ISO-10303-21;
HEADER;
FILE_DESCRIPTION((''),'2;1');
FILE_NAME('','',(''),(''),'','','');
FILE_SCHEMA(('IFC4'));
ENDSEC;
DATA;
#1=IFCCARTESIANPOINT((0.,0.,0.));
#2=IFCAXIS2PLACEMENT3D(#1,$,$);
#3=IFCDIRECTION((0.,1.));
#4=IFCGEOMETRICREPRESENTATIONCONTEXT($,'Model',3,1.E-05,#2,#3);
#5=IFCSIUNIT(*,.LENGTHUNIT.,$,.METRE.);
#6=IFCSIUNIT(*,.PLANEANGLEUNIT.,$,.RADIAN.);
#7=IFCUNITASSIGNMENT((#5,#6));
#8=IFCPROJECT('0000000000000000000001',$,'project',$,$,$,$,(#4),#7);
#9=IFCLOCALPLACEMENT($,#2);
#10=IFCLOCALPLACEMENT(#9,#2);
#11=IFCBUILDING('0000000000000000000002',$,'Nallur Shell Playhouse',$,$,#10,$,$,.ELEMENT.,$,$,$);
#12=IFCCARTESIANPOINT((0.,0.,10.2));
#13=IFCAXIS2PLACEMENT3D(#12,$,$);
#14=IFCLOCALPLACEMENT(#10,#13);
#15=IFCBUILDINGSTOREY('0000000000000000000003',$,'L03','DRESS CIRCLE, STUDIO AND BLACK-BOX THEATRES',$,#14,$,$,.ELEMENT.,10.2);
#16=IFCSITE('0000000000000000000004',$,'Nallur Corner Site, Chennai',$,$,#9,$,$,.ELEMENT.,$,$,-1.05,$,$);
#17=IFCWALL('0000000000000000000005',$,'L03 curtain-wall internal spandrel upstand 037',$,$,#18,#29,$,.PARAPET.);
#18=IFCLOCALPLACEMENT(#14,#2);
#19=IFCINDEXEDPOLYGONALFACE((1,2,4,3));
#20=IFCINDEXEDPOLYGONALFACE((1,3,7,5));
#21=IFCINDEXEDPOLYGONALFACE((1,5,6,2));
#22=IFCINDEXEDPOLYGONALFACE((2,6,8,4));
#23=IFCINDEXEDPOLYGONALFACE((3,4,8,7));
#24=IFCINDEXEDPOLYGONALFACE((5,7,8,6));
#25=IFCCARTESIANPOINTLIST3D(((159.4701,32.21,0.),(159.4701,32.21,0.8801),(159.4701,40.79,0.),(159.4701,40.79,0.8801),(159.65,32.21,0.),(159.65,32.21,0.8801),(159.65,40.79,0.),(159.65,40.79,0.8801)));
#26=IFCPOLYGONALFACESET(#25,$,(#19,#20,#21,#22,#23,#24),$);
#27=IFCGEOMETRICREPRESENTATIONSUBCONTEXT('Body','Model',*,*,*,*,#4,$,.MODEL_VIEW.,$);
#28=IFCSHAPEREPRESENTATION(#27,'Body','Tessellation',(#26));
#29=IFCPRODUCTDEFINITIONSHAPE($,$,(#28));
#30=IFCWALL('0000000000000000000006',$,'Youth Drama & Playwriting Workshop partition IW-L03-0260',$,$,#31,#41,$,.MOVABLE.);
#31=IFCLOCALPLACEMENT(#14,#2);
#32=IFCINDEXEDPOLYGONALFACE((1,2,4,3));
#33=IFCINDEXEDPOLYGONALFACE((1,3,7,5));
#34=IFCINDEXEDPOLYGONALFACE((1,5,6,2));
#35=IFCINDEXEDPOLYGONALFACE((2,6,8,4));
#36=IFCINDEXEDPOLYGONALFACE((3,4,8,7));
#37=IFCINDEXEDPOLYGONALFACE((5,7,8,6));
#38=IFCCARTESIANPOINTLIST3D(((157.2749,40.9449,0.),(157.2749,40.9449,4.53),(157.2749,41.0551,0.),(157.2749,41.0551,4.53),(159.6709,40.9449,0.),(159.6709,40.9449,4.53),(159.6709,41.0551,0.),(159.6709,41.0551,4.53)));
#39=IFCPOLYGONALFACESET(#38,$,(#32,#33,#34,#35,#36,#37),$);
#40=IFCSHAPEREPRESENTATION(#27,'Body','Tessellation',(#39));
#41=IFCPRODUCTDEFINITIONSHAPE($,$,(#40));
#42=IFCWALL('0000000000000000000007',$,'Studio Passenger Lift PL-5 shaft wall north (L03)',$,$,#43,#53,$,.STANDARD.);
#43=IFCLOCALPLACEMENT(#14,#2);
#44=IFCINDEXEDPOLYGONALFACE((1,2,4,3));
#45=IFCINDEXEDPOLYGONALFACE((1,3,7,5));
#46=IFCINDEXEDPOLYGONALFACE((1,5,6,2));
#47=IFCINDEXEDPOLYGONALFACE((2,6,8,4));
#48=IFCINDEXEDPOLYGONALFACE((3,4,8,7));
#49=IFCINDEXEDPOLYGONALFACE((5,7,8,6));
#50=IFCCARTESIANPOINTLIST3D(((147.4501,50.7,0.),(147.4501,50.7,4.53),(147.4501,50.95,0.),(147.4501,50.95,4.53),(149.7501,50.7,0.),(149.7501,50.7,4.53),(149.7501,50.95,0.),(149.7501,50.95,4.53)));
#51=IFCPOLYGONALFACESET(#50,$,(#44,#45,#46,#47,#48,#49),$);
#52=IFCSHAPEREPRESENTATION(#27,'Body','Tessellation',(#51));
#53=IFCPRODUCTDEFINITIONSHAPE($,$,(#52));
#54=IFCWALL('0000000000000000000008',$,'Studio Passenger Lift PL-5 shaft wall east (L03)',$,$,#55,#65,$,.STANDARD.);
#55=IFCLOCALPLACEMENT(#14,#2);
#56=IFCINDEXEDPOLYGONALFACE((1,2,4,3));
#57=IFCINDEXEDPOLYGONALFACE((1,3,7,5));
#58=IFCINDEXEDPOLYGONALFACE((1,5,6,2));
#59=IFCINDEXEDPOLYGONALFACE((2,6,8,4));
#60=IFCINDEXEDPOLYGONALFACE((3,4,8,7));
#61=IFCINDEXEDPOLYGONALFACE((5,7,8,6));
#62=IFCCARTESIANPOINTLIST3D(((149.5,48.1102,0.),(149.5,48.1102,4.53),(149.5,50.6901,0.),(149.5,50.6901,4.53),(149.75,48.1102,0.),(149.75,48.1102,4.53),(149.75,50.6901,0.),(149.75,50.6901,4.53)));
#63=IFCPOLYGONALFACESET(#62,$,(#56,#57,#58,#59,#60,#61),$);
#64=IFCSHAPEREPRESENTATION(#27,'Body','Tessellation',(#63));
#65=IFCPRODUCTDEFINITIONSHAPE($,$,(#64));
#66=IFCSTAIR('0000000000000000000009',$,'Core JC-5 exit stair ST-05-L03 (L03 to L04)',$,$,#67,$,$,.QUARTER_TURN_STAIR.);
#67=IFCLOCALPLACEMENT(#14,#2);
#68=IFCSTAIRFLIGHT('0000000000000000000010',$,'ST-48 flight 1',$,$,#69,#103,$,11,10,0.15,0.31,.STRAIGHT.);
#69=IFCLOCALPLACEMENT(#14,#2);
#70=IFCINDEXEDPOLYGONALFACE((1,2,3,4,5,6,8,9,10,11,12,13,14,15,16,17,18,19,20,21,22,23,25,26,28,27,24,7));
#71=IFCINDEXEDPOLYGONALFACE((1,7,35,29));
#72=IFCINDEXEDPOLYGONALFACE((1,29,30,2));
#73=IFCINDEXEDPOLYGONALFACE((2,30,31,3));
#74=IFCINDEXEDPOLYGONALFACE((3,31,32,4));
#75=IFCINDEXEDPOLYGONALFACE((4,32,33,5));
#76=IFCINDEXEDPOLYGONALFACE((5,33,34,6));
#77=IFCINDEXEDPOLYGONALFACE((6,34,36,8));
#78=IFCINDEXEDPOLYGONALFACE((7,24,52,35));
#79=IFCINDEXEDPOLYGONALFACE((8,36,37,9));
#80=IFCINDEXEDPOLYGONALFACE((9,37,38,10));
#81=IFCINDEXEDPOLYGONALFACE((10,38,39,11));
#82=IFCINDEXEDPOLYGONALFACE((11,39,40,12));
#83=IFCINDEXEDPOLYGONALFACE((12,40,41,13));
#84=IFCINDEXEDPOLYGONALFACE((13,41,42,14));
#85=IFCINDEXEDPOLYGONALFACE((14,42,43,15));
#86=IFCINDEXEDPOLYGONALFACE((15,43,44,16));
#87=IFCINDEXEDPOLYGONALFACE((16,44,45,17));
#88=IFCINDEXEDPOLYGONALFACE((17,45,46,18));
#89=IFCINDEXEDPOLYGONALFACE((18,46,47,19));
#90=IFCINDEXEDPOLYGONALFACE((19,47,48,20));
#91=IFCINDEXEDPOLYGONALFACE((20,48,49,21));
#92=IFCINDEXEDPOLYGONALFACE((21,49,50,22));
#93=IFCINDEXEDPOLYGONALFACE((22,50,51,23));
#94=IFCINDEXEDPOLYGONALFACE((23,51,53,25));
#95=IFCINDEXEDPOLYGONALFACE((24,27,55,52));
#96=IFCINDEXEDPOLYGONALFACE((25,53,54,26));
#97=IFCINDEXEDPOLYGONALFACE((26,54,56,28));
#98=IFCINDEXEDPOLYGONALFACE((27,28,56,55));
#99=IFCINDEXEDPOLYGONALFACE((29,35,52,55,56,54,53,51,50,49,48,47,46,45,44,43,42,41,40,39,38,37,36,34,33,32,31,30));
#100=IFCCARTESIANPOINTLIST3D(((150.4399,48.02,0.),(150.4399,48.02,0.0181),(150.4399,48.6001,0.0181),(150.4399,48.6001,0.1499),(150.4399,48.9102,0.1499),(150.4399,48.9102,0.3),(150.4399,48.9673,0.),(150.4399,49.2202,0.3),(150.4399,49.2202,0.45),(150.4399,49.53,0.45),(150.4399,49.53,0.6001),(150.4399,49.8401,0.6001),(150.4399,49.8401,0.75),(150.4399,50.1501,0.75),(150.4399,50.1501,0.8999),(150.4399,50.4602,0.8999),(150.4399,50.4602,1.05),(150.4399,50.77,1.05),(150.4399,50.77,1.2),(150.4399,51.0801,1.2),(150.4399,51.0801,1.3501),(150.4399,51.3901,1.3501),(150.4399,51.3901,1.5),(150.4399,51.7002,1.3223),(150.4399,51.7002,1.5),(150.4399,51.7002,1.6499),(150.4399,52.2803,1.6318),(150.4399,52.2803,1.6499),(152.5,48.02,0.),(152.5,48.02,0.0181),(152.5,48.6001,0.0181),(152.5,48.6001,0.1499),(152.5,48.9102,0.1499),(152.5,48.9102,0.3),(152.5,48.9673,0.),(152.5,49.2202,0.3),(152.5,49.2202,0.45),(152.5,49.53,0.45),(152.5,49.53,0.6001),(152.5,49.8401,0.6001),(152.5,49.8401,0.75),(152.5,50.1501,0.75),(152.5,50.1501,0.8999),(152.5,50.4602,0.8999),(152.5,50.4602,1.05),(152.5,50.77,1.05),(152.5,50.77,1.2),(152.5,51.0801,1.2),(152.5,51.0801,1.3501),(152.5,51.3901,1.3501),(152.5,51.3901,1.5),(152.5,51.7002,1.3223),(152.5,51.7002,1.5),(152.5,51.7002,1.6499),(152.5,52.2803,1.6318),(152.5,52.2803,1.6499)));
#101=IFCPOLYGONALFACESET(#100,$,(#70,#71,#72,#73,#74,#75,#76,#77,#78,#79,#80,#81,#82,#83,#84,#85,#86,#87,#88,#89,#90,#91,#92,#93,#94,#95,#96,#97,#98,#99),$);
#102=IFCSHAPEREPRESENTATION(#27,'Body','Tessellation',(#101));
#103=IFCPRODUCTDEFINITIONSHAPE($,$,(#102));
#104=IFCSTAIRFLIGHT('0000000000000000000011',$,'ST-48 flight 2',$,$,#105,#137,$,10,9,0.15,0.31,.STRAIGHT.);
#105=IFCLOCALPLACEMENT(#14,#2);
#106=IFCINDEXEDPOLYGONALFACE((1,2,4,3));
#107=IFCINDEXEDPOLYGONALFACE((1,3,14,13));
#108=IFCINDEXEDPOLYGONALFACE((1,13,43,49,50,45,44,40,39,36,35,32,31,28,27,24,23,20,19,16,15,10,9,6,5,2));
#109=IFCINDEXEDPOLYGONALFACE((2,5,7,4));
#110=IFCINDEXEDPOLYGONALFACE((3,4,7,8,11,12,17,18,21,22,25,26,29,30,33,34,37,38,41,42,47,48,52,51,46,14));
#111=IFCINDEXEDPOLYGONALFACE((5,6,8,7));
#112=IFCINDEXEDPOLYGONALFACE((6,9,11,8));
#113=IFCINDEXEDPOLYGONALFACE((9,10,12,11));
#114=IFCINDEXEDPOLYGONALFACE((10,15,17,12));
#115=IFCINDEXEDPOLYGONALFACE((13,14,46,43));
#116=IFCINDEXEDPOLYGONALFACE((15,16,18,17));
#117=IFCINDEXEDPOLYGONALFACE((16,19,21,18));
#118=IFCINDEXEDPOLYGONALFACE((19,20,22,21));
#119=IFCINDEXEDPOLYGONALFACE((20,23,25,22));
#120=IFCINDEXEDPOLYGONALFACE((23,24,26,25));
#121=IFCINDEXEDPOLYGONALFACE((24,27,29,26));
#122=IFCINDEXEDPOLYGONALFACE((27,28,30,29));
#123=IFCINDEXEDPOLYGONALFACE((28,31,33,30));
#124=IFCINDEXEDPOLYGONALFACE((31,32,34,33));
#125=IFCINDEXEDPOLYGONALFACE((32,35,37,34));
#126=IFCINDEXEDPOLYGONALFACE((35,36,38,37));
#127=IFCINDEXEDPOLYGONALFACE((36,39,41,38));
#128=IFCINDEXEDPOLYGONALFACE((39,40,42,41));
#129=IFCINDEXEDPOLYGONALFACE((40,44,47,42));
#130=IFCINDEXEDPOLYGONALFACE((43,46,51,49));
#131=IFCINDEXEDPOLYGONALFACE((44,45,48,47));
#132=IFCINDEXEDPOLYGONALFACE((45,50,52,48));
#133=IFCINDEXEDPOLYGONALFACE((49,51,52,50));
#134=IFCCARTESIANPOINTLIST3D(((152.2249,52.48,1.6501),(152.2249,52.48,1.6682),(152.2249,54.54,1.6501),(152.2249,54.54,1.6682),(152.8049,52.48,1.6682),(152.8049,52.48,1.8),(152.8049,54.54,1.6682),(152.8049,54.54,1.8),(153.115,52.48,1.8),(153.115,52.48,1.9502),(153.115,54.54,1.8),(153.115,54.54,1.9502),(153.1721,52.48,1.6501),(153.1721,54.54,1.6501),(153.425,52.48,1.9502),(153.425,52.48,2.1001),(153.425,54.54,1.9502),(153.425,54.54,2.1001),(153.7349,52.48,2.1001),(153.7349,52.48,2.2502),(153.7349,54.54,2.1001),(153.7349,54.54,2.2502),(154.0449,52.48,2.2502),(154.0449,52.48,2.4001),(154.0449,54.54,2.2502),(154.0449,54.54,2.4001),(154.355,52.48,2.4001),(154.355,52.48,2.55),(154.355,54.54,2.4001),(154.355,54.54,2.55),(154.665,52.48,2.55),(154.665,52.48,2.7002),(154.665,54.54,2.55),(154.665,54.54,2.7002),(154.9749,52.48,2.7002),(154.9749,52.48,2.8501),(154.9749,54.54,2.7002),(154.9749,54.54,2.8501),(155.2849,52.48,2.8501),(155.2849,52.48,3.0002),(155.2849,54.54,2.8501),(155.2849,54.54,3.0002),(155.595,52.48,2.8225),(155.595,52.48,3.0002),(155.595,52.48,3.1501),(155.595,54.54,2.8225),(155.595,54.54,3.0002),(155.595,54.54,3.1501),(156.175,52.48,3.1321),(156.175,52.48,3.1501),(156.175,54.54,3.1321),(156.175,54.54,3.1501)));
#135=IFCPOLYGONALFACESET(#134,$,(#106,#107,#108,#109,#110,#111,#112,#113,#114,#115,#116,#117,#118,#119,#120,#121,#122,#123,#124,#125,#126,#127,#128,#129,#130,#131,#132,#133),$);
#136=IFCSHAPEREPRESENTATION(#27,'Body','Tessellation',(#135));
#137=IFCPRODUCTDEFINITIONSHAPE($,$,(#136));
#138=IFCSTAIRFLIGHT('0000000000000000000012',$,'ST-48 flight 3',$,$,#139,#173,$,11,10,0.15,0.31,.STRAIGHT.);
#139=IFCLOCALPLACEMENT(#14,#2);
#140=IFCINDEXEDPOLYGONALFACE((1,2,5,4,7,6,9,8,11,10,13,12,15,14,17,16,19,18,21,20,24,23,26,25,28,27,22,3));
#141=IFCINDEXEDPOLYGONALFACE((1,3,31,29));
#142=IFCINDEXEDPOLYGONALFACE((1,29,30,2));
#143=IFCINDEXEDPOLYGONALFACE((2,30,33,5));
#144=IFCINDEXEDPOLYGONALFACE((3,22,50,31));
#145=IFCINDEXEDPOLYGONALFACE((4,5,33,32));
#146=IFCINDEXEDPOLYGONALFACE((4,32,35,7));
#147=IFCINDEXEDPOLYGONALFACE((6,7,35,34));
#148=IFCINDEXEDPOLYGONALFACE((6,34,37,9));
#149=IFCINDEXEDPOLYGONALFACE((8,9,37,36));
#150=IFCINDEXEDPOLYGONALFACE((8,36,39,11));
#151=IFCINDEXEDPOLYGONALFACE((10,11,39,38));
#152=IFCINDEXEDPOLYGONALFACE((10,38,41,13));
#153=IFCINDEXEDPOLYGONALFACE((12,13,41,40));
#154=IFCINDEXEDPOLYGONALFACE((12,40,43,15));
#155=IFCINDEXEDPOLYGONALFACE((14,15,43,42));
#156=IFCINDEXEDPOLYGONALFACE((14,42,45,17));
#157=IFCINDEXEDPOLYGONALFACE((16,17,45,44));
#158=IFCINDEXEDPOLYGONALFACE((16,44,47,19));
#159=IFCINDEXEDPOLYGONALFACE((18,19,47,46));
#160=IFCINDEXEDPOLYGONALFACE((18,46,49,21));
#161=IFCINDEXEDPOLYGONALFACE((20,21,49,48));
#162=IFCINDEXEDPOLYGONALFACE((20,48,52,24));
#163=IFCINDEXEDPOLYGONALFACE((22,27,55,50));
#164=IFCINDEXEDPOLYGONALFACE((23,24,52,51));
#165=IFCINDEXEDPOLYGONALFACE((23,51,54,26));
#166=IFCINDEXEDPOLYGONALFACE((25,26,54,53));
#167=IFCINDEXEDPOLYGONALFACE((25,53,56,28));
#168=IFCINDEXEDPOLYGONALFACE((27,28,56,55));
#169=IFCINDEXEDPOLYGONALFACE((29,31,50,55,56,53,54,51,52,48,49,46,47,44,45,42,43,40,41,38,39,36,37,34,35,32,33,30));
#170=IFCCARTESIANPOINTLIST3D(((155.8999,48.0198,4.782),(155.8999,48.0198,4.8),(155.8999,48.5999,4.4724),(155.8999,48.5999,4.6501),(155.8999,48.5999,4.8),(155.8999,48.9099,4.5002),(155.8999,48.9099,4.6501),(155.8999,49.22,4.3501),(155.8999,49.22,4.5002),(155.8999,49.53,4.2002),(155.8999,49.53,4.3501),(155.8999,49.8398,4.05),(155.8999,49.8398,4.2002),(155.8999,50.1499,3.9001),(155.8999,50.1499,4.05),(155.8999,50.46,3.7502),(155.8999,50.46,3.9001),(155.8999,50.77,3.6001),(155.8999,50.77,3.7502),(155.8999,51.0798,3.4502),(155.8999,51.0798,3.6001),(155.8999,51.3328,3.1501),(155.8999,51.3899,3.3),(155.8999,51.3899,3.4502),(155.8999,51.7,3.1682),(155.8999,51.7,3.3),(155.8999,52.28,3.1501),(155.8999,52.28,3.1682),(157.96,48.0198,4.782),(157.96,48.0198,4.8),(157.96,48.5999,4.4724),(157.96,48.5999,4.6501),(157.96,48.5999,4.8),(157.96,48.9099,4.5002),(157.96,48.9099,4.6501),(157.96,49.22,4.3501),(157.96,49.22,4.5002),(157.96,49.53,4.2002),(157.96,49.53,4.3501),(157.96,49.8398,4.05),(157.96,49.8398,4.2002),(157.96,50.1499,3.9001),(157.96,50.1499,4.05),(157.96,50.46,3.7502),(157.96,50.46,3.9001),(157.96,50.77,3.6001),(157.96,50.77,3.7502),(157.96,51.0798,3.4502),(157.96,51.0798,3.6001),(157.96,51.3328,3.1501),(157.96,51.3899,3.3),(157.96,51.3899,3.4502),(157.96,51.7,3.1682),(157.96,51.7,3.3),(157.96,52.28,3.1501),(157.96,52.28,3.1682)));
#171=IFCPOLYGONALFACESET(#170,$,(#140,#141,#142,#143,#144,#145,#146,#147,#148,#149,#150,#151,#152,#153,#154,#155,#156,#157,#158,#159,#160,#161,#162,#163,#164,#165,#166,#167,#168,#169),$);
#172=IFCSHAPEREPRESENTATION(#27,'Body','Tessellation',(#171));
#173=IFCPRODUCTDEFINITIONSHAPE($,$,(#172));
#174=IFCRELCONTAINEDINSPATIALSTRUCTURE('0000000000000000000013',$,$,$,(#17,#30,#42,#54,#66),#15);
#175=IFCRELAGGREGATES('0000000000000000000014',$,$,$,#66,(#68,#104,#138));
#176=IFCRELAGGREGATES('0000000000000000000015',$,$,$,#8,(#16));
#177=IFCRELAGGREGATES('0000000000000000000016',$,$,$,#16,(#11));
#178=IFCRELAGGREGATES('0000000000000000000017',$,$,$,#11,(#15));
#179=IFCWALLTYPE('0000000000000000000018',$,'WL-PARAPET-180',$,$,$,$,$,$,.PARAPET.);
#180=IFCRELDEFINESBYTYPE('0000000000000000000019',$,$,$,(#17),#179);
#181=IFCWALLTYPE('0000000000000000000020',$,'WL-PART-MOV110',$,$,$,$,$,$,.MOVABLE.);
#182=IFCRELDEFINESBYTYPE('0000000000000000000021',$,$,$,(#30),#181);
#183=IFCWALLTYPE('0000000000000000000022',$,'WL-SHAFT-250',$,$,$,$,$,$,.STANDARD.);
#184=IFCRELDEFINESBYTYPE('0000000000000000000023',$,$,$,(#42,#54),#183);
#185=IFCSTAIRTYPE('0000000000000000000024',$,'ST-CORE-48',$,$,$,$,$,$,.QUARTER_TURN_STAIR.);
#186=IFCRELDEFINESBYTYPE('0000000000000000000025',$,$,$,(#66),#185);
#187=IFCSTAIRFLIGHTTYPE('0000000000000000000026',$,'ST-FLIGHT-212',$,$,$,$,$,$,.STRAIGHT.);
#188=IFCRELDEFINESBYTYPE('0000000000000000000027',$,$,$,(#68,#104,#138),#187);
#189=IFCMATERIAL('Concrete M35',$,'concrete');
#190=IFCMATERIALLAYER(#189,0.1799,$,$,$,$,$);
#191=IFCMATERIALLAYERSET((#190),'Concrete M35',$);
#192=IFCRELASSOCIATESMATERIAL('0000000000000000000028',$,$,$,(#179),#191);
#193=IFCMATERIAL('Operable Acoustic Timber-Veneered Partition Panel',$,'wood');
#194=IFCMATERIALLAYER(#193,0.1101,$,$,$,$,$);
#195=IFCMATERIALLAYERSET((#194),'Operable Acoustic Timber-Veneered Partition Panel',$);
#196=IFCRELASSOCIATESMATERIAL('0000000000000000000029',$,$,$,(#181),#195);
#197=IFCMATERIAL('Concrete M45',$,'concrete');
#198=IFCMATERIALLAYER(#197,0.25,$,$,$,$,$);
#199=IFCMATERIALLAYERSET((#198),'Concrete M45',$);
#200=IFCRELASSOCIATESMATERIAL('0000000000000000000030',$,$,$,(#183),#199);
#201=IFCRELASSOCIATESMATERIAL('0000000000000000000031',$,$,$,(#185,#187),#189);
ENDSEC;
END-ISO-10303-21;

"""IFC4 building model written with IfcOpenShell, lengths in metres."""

from ifc_helpers import new_model, si_unit, direction, frame, frame_2d, origin, place, context, subcontext, project, spatial, polyline, rectangle, outline, extrude, material, layer, layer_set, type_object, element, aggregate, save


model = new_model("IFC4")

# Units and contexts
model_context = context("Model", 3, precision=1e-05, world=origin(), true_north=direction((0.0, 1.0)))
body_context = subcontext(model_context, "Body", "Model", "MODEL_VIEW")
ifc_project = project(units=[si_unit("LENGTHUNIT", "METRE"), si_unit("PLANEANGLEUNIT", "RADIAN")], contexts=[model_context])

# Site, building, storey
site_placement = place(None, origin())
site = spatial("IfcSite", under=ifc_project, at=site_placement, Name="Nallur Corner Site, Chennai", CompositionType="ELEMENT", RefElevation=-1.05)
building_placement = place(site_placement, origin())
building = spatial("IfcBuilding", under=site, at=building_placement, Name="Nallur Shell Playhouse", CompositionType="ELEMENT")
storey_placement = place(building_placement, frame((0.0, 0.0, 10.2)))
storey = spatial("IfcBuildingStorey", under=building, at=storey_placement, Name="L03", Description="DRESS CIRCLE, STUDIO AND BLACK-BOX THEATRES", CompositionType="ELEMENT", Elevation=10.2)

# Shared definitions
ifc_material_1 = material(Name="Concrete M35", Category="concrete")

# Shared definitions
ifc_material_2 = material(Name="Concrete M45", Category="concrete")

# Walls
ifc_layer_1 = layer(ifc_material_1, 0.1799)
ifc_layer_set_1 = layer_set([ifc_layer_1], Name="Concrete M35")
wall_type_1 = type_object("IfcWallType", Name="WL-PARAPET-180", PredefinedType="PARAPET", material=ifc_layer_set_1)
for number, where, z_axis, x_axis, name in (
    (1, (159.5601, 40.79, 0.0), (0.0, 0.0, 1.0), (0.0, -1.0, 0.0), "L03 curtain-wall internal spandrel upstand 037"),
):
    element("IfcWall", number, at=place(storey_placement, frame(where, z_axis=z_axis, x_axis=x_axis)), inside=storey, type_object=wall_type_1, Name=name, PredefinedType="PARAPET", context=body_context, shape_type="SweptSolid", body=[
        extrude(rectangle(XDim=8.5801, YDim=0.1799, at=frame_2d((4.29, 0.0))), origin(), (0.0, 0.0, 1.0), 0.8801),
    ])
ifc_material_3 = material(Name="Operable Acoustic Timber-Veneered Partition Panel", Category="wood")
ifc_layer_2 = layer(ifc_material_3, 0.1101)
ifc_layer_set_2 = layer_set([ifc_layer_2], Name="Operable Acoustic Timber-Veneered Partition Panel")
wall_type_2 = type_object("IfcWallType", Name="WL-PART-MOV110", PredefinedType="MOVABLE", material=ifc_layer_set_2)
wall_1_placement = place(storey_placement, frame((157.2749, 41.0, 0.0), z_axis=(0.0, 0.0, 1.0), x_axis=(1.0, 0.0, 0.0)))
element("IfcWall", 2, at=wall_1_placement, inside=storey, type_object=wall_type_2, Name="Youth Drama & Playwriting Workshop partition IW-L03-0260", PredefinedType="MOVABLE", context=body_context, shape_type="SweptSolid", body=[
    extrude(rectangle(XDim=2.396, YDim=0.1101, at=frame_2d((1.198, 0.0))), origin(), (0.0, 0.0, 1.0), 4.53),
])
ifc_layer_3 = layer(ifc_material_2, 0.25)
ifc_layer_set_3 = layer_set([ifc_layer_3], Name="Concrete M45")
wall_type_3 = type_object("IfcWallType", Name="WL-SHAFT-250", PredefinedType="STANDARD", material=ifc_layer_set_3)
wall_2_placement = place(storey_placement, frame((149.75, 50.825, 0.0), z_axis=(0.0, 0.0, 1.0), x_axis=(-1.0, 0.0, 0.0)))
element("IfcWall", 3, at=wall_2_placement, inside=storey, type_object=wall_type_3, Name="Studio Passenger Lift PL-5 shaft wall north (L03)", PredefinedType="STANDARD", context=body_context, shape_type="SweptSolid", body=[
    extrude(rectangle(XDim=2.3, YDim=0.25, at=frame_2d((1.1499, 0.0))), origin(), (0.0, 0.0, 1.0), 4.53),
])
wall_3_placement = place(storey_placement, frame((149.625, 48.1101, 0.0), z_axis=(0.0, 0.0, 1.0), x_axis=(0.0, 1.0, 0.0)))
element("IfcWall", 4, at=wall_3_placement, inside=storey, type_object=wall_type_3, Name="Studio Passenger Lift PL-5 shaft wall east (L03)", PredefinedType="STANDARD", context=body_context, shape_type="SweptSolid", body=[
    extrude(rectangle(XDim=2.5798, YDim=0.25, at=frame_2d((1.29, 0.0))), origin(), (0.0, 0.0, 1.0), 4.53),
])

# Stair, stair flights
stair_type = type_object("IfcStairType", Name="ST-CORE-48", PredefinedType="QUARTER_TURN_STAIR", material=ifc_material_1)
stair_1_placement = place(storey_placement, origin())
stair_1 = element("IfcStair", 5, at=stair_1_placement, inside=storey, type_object=stair_type, Name="Core JC-5 exit stair ST-05-L03 (L03 to L04)", PredefinedType="QUARTER_TURN_STAIR")
stair_flight_type = type_object("IfcStairFlightType", Name="ST-FLIGHT-212", PredefinedType="STRAIGHT", material=ifc_material_1)
stair_flight_1_placement = place(storey_placement, frame((151.47, 48.6001, 0.0), z_axis=(0.0, 0.0, 1.0), x_axis=(0.0, 1.0, 0.0)))
stair_flight_1 = element("IfcStairFlight", 6, at=stair_flight_1_placement, type_object=stair_flight_type, Name="ST-48 flight 1", NumberOfRisers=11, NumberOfTreads=10, PredefinedType="STRAIGHT", RiserHeight=0.15, TreadLength=0.31, context=body_context, shape_type="SweptSolid", body=[
    extrude(outline(polyline([(-0.5801, 0.0), (-0.5801, 0.0181), (0.0, 0.0181), (0.0, 0.1499), (0.3101, 0.1499), (0.3101, 0.3), (0.6201, 0.3), (0.6201, 0.45), (0.9299, 0.45), (0.9299, 0.6001), (1.24, 0.6001), (1.24, 0.75), (1.55, 0.75), (1.55, 0.8999), (1.8601, 0.8999), (1.8601, 1.05), (2.1699, 1.05), (2.1699, 1.2), (2.48, 1.2), (2.48, 1.3501), (2.79, 1.3501), (2.79, 1.5), (3.1001, 1.5), (3.1001, 1.6499), (3.6802, 1.6499), (3.6802, 1.6318), (3.1001, 1.3223), (0.3672, 0.0), (-0.5801, 0.0)])), frame((0.0, 1.03, 0.0), z_axis=(0.0, -1.0, 0.0), x_axis=(1.0, 0.0, 0.0)), (0.0, 0.0, 1.0), 2.0601),
])
stair_flight_2_placement = place(storey_placement, frame((152.8049, 53.51, 1.6501), z_axis=(0.0, 0.0, 1.0), x_axis=(1.0, 0.0, 0.0)))
stair_flight_2 = element("IfcStairFlight", 7, at=stair_flight_2_placement, type_object=stair_flight_type, Name="ST-48 flight 2", NumberOfRisers=10, NumberOfTreads=9, PredefinedType="STRAIGHT", RiserHeight=0.15, TreadLength=0.31, context=body_context, shape_type="SweptSolid", body=[
    extrude(outline(polyline([(-0.5801, 0.0), (-0.5801, 0.0181), (0.0, 0.0181), (0.0, 0.1499), (0.3101, 0.1499), (0.3101, 0.3), (0.6201, 0.3), (0.6201, 0.45), (0.9299, 0.45), (0.9299, 0.6001), (1.24, 0.6001), (1.24, 0.75), (1.55, 0.75), (1.55, 0.8999), (1.8601, 0.8999), (1.8601, 1.05), (2.1699, 1.05), (2.1699, 1.2), (2.48, 1.2), (2.48, 1.3501), (2.79, 1.3501), (2.79, 1.5), (3.3701, 1.5), (3.3701, 1.4819), (2.79, 1.1724), (0.3672, 0.0), (-0.5801, 0.0)])), frame((0.0, 1.03, 0.0), z_axis=(0.0, -1.0, 0.0), x_axis=(1.0, 0.0, 0.0)), (0.0, 0.0, 1.0), 2.0601),
])
stair_flight_3_placement = place(storey_placement, frame((156.9299, 51.7, 3.1501), z_axis=(0.0, 0.0, 1.0), x_axis=(0.0, -1.0, 0.0)))
stair_flight_3 = element("IfcStairFlight", 8, at=stair_flight_3_placement, type_object=stair_flight_type, Name="ST-48 flight 3", NumberOfRisers=11, NumberOfTreads=10, PredefinedType="STRAIGHT", RiserHeight=0.15, TreadLength=0.31, context=body_context, shape_type="SweptSolid", body=[
    extrude(outline(polyline([(-0.5801, 0.0), (-0.5801, 0.0181), (0.0, 0.0181), (0.0, 0.1499), (0.3101, 0.1499), (0.3101, 0.3), (0.6201, 0.3), (0.6201, 0.45), (0.9299, 0.45), (0.9299, 0.6001), (1.24, 0.6001), (1.24, 0.75), (1.55, 0.75), (1.55, 0.8999), (1.8601, 0.8999), (1.8601, 1.05), (2.1699, 1.05), (2.1699, 1.2), (2.48, 1.2), (2.48, 1.3501), (2.79, 1.3501), (2.79, 1.5), (3.1001, 1.5), (3.1001, 1.6499), (3.6802, 1.6499), (3.6802, 1.6318), (3.1001, 1.3223), (0.3672, 0.0), (-0.5801, 0.0)])), frame((0.0, 1.03, 0.0), z_axis=(0.0, -1.0, 0.0), x_axis=(1.0, 0.0, 0.0)), (0.0, 0.0, 1.0), 2.0601),
])
aggregate(stair_1, [stair_flight_1, stair_flight_2, stair_flight_3])

save(model, "model.ifc")
